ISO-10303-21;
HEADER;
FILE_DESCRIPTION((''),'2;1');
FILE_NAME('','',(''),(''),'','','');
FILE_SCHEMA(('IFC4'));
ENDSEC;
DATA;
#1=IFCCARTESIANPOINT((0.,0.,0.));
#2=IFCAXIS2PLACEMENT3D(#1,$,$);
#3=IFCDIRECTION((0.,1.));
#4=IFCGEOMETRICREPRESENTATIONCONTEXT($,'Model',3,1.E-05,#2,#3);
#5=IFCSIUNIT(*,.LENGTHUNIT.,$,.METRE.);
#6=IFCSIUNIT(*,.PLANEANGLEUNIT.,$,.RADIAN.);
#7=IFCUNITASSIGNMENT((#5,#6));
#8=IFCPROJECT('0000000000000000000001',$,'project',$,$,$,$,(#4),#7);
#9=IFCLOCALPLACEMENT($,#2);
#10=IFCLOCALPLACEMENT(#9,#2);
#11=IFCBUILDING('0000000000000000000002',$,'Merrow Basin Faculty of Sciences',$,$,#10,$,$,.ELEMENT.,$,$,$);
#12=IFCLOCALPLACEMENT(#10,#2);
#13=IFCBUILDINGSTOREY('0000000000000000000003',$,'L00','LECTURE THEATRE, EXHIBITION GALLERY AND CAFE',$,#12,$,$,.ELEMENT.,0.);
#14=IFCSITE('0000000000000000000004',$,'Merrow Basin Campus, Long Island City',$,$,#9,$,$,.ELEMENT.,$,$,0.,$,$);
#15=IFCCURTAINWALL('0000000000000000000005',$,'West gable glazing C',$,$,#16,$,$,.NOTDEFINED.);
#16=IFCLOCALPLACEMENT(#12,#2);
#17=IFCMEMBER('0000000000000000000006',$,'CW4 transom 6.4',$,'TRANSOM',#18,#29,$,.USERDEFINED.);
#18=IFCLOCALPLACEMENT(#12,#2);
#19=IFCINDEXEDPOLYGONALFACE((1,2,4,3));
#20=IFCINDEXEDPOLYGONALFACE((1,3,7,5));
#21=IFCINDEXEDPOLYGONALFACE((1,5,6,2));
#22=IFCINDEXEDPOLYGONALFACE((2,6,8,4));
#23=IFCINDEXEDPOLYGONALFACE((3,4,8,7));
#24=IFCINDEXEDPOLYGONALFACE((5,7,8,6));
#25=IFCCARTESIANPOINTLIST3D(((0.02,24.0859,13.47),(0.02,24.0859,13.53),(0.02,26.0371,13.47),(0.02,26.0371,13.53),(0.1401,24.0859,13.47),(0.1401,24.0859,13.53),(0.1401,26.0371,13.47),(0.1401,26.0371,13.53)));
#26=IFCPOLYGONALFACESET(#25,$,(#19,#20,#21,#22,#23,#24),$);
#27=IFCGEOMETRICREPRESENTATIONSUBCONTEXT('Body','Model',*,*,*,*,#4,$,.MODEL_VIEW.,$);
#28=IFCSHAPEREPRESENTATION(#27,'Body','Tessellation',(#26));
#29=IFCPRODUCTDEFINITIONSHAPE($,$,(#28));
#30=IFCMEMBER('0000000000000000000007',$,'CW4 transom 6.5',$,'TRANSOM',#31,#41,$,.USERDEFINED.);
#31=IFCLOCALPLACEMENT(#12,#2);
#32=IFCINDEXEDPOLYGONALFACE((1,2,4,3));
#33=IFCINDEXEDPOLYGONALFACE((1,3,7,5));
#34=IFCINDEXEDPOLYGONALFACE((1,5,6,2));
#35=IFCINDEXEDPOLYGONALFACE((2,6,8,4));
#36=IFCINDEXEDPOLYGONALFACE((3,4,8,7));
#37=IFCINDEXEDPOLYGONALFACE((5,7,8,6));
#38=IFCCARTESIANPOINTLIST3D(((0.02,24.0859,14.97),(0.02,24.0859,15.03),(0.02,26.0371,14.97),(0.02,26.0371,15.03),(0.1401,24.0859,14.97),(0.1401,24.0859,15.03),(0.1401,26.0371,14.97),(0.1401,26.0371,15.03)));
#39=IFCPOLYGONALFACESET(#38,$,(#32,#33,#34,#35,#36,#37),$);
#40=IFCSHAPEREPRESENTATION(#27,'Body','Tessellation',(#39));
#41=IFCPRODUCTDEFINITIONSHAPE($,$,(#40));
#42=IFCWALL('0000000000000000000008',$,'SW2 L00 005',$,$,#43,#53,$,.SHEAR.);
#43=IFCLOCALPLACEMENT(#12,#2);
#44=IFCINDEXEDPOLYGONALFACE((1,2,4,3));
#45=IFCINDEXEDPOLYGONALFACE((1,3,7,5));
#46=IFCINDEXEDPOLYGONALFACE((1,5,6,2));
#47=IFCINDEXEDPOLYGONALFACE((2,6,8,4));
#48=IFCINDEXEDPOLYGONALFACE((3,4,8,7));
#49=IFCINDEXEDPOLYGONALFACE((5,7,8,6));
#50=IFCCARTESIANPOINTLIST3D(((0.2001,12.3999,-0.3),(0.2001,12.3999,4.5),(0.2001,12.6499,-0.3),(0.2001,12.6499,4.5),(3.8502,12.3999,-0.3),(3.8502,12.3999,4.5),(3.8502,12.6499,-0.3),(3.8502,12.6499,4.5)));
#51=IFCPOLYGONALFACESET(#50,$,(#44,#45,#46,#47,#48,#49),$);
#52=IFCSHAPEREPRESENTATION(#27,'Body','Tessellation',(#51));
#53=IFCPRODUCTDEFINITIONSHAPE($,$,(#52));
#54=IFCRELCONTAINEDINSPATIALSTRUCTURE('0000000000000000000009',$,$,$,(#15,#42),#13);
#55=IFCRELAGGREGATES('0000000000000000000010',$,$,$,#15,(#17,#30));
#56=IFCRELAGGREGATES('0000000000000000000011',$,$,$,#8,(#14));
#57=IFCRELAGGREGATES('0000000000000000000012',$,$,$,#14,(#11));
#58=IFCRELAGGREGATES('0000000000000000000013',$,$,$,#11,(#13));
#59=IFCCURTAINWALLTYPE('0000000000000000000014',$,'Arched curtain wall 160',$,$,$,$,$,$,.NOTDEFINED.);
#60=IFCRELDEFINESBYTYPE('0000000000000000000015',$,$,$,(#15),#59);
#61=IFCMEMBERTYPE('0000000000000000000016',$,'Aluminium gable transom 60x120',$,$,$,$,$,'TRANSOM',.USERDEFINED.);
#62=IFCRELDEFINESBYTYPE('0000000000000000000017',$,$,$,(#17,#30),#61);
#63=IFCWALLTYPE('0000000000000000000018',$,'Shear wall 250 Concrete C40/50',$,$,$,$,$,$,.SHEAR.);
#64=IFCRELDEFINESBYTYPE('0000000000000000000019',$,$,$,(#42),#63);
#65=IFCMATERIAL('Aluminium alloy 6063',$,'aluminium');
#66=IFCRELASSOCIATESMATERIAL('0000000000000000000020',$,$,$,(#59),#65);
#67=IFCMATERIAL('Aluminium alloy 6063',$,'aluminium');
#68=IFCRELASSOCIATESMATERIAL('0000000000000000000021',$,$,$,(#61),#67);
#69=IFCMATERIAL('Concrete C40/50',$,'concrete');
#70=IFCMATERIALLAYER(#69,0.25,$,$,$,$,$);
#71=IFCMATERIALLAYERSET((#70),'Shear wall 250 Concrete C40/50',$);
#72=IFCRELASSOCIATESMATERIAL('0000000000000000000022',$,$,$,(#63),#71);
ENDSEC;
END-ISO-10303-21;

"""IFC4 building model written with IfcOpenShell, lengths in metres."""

from ifc_helpers import new_model, si_unit, direction, frame, frame_2d, origin, origin_2d, place, context, subcontext, project, spatial, rectangle, extrude, material, layer, layer_set, material_profile, profile_set, type_object, element, aggregate, save


model = new_model("IFC4")

# Units and contexts
model_context = context("Model", 3, precision=1e-05, world=origin(), true_north=direction((0.0, 1.0)))
body_context = subcontext(model_context, "Body", "Model", "MODEL_VIEW")
ifc_project = project(units=[si_unit("LENGTHUNIT", "METRE"), si_unit("PLANEANGLEUNIT", "RADIAN")], contexts=[model_context])

# Site, building, storey
site_placement = place(None, origin())
site = spatial("IfcSite", under=ifc_project, at=site_placement, Name="Merrow Basin Campus, Long Island City", CompositionType="ELEMENT", RefElevation=0.0)
building_placement = place(site_placement, origin())
building = spatial("IfcBuilding", under=site, at=building_placement, Name="Merrow Basin Faculty of Sciences", CompositionType="ELEMENT")
storey_placement = place(building_placement, origin())
storey = spatial("IfcBuildingStorey", under=building, at=storey_placement, Name="L00", Description="LECTURE THEATRE, EXHIBITION GALLERY AND CAFE", CompositionType="ELEMENT", Elevation=0.0)

# Curtain wall, members
ifc_material_1 = material(Name="Aluminium alloy 6063", Category="aluminium")
curtain_wall_type = type_object("IfcCurtainWallType", Name="Arched curtain wall 160", PredefinedType="NOTDEFINED", material=ifc_material_1)
curtain_wall_placement = place(storey_placement, origin())
curtain_wall = element("IfcCurtainWall", 1, at=curtain_wall_placement, inside=storey, type_object=curtain_wall_type, Name="West gable glazing C", PredefinedType="NOTDEFINED")
ifc_material_2 = material(Name="Aluminium alloy 6063", Category="aluminium")
ifc_material_profile_1 = material_profile(ifc_material_2, rectangle(XDim=0.1201, YDim=0.0601, at=origin_2d()))
ifc_profile_set_1 = profile_set([ifc_material_profile_1], Name="Aluminium alloy 6063")
member_type_1 = type_object("IfcMemberType", Name="Aluminium gable transom 60x120", ElementType="TRANSOM", PredefinedType="USERDEFINED", material=ifc_profile_set_1)
member_1_placement = place(storey_placement, frame((0.0801, 24.0859, 13.5), z_axis=(0.0, 1.0, 0.0), x_axis=(-1.0, 0.0, 0.0)))
member_1 = element("IfcMember", 2, at=member_1_placement, type_object=member_type_1, Name="CW4 transom 6.4", ObjectType="TRANSOM", PredefinedType="USERDEFINED", context=body_context, shape_type="SweptSolid", body=[
    extrude(rectangle(XDim=0.1201, YDim=0.0601, at=origin_2d()), origin(), (0.0, 0.0, 1.0), 1.9512),
])
member_2_placement = place(storey_placement, frame((0.0801, 24.0859, 15.0), z_axis=(0.0, 1.0, 0.0), x_axis=(-1.0, 0.0, 0.0)))
member_2 = element("IfcMember", 3, at=member_2_placement, type_object=member_type_1, Name="CW4 transom 6.5", ObjectType="TRANSOM", PredefinedType="USERDEFINED", context=body_context, shape_type="SweptSolid", body=[
    extrude(rectangle(XDim=0.1201, YDim=0.0601, at=origin_2d()), origin(), (0.0, 0.0, 1.0), 1.9512),
])
aggregate(curtain_wall, [member_1, member_2])

# Wall
ifc_material_3 = material(Name="Concrete C40/50", Category="concrete")
ifc_layer = layer(ifc_material_3, 0.25)
ifc_layer_set = layer_set([ifc_layer], Name="Shear wall 250 Concrete C40/50")
wall_type = type_object("IfcWallType", Name="Shear wall 250 Concrete C40/50", PredefinedType="SHEAR", material=ifc_layer_set)
wall_placement = place(storey_placement, frame((0.2, 12.5249, -0.3), z_axis=(0.0, 0.0, 1.0), x_axis=(1.0, 0.0, 0.0)))
element("IfcWall", 4, at=wall_placement, inside=storey, type_object=wall_type, Name="SW2 L00 005", PredefinedType="SHEAR", context=body_context, shape_type="SweptSolid", body=[
    extrude(rectangle(XDim=3.6501, YDim=0.25, at=frame_2d((1.8252, 0.0))), origin(), (0.0, 0.0, 1.0), 4.8),
])

save(model, "model.ifc")
